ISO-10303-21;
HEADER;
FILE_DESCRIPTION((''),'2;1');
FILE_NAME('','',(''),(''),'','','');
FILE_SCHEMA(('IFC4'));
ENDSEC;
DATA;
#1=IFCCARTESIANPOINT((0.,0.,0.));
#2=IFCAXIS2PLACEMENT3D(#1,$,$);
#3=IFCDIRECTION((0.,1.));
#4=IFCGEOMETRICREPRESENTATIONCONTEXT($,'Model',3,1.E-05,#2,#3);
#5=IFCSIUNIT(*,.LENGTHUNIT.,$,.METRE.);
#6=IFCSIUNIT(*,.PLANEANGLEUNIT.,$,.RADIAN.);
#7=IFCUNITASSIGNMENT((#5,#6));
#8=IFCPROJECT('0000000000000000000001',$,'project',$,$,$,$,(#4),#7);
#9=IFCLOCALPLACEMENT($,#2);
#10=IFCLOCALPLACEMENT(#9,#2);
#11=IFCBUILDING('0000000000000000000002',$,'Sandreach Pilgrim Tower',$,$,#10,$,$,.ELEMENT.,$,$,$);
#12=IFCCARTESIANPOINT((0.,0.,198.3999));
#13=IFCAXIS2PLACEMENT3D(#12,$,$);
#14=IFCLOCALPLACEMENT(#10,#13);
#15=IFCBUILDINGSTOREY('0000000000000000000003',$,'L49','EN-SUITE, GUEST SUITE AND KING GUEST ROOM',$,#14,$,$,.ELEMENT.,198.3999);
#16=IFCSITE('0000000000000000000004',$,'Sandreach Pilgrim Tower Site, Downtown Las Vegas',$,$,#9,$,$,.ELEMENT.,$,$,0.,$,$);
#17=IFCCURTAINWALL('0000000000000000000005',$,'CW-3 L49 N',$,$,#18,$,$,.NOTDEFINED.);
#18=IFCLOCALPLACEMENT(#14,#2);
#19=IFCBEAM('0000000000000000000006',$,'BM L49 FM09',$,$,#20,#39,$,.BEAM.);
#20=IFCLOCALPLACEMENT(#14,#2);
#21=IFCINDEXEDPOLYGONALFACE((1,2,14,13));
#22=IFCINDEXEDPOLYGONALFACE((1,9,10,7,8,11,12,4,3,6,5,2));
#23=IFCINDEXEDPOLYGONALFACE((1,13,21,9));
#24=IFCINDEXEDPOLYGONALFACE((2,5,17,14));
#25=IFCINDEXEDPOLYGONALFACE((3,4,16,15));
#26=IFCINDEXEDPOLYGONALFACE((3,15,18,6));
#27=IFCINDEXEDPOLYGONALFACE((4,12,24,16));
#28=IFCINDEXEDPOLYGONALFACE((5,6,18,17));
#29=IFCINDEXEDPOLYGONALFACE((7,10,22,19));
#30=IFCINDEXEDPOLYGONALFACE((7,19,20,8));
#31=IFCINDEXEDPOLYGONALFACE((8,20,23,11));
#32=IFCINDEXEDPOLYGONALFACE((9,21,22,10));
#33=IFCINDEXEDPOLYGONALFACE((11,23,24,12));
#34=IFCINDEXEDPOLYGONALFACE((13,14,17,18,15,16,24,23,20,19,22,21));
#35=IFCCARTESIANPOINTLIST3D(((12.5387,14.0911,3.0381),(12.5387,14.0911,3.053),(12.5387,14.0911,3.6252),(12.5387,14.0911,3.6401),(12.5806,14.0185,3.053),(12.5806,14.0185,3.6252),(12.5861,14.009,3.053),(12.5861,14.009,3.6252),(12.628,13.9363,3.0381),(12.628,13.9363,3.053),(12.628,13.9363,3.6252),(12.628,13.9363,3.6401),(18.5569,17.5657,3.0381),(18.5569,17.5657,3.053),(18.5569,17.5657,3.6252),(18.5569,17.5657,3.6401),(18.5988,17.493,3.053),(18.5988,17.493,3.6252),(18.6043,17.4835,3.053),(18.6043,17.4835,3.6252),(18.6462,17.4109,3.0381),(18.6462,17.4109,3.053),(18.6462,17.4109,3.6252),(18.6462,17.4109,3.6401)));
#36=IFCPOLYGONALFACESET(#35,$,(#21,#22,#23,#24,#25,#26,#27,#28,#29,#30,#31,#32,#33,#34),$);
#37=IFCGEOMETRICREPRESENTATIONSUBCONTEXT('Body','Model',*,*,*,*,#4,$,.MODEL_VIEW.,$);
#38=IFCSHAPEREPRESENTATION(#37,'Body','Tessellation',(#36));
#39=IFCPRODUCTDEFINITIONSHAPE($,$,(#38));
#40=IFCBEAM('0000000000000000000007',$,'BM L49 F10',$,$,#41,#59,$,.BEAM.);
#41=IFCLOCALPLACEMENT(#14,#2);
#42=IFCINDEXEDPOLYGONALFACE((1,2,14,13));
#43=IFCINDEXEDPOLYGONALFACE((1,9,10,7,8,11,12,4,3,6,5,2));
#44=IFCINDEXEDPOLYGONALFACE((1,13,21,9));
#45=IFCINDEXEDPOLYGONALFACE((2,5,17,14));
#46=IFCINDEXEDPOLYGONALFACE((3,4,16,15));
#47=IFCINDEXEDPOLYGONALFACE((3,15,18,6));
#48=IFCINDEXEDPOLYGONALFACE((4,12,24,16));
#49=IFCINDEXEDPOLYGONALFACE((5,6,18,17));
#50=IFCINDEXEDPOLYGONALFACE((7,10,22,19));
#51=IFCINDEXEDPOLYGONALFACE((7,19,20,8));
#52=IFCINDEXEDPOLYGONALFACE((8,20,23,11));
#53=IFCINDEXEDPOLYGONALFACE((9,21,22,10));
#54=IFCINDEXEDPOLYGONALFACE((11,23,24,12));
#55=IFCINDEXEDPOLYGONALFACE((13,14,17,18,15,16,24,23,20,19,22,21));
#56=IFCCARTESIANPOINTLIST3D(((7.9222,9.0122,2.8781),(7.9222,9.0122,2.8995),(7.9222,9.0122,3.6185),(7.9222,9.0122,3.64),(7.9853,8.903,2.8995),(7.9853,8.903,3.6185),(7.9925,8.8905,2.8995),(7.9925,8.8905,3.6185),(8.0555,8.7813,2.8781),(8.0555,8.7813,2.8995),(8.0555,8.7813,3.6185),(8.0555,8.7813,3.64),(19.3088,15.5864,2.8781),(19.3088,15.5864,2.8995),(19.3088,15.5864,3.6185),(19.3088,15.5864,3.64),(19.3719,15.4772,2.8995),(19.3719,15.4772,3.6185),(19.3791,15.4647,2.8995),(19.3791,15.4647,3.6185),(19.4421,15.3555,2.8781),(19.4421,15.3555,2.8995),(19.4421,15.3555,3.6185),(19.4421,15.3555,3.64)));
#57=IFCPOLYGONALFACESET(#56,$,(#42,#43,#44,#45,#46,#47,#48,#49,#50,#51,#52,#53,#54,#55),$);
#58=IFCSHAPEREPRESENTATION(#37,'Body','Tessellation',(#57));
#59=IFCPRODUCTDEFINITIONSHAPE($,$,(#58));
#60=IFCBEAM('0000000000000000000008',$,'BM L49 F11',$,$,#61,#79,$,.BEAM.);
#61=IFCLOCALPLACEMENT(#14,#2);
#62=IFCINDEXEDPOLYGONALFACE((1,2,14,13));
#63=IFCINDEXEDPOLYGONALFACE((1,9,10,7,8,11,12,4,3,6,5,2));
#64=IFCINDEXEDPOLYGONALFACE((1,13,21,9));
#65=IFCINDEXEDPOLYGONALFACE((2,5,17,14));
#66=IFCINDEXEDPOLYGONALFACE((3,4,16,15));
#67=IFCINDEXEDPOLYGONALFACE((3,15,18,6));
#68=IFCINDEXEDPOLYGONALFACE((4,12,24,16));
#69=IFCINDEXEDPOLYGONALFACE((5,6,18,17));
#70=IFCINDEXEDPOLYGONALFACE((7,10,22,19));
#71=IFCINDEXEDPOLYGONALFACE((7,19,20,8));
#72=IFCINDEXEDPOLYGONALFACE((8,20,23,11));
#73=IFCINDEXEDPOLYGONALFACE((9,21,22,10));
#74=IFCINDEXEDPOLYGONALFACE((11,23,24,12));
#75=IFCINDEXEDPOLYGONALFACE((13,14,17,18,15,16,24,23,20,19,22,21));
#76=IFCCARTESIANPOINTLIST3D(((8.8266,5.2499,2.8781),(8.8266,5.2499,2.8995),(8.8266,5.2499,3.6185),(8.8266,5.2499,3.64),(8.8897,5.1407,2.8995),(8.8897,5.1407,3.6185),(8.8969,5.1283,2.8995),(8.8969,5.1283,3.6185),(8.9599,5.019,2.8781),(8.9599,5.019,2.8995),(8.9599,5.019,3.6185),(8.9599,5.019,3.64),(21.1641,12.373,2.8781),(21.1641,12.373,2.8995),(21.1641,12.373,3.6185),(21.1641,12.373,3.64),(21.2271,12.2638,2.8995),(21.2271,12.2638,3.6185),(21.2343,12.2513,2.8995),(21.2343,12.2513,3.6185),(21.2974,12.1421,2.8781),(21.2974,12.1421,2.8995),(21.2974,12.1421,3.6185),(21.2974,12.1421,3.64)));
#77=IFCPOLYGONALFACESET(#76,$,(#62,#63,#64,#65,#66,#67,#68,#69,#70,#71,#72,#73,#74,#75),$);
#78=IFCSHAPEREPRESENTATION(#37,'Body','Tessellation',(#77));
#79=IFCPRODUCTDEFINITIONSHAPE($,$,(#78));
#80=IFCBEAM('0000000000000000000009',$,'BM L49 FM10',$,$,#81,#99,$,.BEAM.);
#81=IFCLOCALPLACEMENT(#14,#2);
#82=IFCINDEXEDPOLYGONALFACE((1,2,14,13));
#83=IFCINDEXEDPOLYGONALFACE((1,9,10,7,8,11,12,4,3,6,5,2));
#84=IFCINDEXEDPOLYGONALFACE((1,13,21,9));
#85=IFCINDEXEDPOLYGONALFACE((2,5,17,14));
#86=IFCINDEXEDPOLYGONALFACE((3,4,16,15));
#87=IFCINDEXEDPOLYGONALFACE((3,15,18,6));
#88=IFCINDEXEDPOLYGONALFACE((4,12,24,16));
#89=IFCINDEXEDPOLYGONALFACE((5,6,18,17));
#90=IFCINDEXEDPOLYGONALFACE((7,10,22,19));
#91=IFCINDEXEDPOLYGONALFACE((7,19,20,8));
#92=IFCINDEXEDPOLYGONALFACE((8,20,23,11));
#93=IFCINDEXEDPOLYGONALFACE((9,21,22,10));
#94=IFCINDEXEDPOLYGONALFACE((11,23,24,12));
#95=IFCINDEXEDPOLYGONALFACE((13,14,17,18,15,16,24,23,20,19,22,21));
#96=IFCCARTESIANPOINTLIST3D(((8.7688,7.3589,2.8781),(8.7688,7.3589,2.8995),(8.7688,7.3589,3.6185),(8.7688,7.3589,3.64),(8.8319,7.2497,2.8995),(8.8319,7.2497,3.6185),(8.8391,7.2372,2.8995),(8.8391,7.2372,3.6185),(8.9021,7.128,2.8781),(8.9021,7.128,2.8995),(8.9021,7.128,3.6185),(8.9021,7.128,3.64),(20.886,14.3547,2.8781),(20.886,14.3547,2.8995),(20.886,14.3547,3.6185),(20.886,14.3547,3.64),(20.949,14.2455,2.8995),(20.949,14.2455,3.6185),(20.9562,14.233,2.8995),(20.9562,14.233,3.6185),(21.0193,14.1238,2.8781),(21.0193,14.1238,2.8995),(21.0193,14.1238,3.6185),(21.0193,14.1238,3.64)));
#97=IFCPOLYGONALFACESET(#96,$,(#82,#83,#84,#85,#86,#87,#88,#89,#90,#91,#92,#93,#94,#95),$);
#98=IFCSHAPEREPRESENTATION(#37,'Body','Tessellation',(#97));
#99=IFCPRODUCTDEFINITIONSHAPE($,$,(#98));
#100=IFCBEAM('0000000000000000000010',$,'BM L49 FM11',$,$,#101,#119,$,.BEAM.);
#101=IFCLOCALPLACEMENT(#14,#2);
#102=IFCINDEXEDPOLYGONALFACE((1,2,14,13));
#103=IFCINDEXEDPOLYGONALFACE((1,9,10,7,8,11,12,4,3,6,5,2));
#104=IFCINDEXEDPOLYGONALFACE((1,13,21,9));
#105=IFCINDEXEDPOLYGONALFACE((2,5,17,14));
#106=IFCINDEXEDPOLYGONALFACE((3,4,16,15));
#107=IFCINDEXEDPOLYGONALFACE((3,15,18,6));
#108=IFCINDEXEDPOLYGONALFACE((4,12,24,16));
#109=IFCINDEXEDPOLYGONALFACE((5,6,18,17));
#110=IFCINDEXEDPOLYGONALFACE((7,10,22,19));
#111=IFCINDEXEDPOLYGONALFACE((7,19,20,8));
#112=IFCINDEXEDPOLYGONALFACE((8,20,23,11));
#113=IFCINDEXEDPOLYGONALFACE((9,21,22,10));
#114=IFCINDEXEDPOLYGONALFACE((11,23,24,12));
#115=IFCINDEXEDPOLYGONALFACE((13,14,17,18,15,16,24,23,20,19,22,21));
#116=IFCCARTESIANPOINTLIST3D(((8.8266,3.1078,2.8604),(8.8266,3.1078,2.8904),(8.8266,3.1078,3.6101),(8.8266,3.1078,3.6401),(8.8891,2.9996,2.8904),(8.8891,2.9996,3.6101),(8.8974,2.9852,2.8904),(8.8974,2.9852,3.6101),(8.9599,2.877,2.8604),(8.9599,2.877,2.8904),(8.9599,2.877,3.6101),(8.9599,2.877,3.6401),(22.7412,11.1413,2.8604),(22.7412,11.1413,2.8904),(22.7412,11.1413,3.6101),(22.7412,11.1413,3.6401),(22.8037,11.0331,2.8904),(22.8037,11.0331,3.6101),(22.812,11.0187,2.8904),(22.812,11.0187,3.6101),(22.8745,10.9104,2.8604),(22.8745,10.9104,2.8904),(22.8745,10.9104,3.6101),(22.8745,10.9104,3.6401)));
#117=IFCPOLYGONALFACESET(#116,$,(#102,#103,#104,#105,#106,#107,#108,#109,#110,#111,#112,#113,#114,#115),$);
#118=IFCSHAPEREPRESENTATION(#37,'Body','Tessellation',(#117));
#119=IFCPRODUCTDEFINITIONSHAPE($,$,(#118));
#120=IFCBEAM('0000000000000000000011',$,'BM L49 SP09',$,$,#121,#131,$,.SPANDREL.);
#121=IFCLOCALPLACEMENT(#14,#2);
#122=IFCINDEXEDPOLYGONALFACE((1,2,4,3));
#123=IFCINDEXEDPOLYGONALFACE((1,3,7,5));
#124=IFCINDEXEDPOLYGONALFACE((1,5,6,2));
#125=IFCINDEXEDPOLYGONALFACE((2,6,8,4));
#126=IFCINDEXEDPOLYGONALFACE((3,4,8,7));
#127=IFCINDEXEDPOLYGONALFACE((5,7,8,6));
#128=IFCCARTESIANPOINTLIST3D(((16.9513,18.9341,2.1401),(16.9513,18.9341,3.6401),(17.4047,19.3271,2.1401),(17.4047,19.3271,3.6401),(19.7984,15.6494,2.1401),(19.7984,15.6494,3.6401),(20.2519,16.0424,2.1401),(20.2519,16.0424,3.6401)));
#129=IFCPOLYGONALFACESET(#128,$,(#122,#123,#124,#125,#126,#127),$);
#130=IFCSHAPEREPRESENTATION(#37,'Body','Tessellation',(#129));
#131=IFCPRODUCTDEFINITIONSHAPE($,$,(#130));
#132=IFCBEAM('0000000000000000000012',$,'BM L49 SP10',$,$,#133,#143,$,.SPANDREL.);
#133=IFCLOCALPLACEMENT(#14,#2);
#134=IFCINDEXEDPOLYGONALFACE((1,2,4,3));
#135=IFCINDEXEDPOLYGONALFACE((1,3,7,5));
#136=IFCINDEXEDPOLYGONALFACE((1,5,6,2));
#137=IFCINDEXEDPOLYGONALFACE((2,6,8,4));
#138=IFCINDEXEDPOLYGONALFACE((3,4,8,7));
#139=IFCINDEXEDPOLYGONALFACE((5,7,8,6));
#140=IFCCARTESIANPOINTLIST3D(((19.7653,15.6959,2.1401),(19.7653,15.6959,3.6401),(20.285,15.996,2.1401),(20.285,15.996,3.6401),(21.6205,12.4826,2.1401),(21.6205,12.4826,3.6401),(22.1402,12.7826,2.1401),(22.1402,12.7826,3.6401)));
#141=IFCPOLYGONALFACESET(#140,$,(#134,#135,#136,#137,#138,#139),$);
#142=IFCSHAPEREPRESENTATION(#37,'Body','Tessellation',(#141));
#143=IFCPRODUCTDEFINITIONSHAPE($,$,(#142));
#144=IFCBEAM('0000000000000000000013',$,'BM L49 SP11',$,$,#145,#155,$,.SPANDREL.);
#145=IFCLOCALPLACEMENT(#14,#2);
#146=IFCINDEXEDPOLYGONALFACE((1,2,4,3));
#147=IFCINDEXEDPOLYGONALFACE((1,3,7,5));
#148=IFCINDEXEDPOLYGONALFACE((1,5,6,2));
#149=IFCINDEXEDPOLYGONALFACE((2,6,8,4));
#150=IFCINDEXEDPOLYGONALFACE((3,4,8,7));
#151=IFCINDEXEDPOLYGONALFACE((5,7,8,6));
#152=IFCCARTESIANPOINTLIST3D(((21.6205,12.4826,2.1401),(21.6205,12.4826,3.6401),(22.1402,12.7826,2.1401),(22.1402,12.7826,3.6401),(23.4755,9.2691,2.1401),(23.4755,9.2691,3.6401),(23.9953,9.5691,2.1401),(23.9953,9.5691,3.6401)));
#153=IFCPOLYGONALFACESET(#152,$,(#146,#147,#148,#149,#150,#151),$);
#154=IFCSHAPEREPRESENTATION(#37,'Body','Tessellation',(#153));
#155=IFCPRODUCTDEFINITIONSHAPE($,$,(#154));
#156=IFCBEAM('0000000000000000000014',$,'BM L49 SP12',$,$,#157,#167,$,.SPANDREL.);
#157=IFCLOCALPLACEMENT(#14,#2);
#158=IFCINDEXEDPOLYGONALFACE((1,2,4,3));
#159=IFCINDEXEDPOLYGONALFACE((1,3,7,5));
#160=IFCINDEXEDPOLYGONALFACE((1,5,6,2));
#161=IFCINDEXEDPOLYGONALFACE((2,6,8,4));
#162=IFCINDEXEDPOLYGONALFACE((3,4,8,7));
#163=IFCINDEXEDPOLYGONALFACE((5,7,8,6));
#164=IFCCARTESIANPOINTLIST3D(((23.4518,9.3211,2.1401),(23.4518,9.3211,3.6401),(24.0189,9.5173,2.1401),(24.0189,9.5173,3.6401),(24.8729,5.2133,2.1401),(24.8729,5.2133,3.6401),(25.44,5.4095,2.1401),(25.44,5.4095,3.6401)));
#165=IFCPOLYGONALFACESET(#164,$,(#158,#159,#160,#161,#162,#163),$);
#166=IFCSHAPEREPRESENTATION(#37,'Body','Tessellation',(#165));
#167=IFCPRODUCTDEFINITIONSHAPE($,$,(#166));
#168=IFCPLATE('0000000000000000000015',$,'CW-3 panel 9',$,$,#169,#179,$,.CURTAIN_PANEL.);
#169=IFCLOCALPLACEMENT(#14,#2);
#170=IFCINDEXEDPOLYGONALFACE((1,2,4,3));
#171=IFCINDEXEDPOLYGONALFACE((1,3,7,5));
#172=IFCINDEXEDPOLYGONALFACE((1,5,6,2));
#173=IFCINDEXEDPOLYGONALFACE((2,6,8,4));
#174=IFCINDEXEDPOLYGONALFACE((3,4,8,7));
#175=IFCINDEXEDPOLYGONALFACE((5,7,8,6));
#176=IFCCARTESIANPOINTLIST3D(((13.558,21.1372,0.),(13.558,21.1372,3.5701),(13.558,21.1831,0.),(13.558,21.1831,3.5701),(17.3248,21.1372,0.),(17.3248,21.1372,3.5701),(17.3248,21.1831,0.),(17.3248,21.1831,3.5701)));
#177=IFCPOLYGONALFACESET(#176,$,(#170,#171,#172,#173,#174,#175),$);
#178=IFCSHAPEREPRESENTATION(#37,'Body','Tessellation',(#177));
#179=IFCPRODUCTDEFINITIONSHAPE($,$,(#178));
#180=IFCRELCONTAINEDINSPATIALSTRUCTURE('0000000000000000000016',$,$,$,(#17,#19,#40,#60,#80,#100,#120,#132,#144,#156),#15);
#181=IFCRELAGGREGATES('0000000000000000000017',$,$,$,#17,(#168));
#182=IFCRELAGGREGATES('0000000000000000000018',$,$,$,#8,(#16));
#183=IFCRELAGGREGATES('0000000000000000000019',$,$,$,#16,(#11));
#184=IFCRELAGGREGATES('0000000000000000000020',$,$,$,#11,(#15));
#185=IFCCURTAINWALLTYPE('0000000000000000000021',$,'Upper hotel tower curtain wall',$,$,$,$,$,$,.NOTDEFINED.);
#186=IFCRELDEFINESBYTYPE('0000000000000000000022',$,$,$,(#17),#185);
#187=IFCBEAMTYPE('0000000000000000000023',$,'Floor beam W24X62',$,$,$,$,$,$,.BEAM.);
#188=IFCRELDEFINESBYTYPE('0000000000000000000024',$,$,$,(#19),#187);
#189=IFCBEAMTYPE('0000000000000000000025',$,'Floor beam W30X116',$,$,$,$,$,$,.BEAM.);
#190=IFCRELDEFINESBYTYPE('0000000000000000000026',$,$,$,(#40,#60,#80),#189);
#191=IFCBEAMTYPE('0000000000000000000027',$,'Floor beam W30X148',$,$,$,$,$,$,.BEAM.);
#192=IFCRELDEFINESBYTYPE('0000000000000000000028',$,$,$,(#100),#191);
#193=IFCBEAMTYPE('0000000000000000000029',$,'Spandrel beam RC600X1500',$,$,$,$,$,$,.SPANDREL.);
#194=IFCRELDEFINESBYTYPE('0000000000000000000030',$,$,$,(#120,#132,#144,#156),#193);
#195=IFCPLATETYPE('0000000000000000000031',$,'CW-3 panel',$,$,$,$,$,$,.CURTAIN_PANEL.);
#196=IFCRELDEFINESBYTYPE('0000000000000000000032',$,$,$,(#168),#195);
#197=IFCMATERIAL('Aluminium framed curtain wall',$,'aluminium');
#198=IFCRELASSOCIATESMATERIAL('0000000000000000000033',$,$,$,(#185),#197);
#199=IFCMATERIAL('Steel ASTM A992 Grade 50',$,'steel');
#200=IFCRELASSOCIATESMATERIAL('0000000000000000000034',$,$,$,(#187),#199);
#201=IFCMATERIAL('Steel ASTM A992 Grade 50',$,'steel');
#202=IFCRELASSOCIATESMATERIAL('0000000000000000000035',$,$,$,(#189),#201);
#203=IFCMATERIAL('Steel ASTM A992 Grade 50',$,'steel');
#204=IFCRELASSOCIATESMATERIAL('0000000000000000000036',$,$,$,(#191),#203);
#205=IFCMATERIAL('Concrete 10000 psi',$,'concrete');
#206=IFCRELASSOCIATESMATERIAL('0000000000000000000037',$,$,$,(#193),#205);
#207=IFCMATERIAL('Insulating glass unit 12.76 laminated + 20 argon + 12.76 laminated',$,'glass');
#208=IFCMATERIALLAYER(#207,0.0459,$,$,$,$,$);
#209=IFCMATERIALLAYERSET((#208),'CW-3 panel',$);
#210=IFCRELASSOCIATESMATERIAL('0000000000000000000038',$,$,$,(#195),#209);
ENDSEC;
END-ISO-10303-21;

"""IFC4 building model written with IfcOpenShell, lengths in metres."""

from ifc_helpers import new_model, si_unit, direction, frame, origin, origin_2d, place, context, subcontext, project, spatial, rectangle, i_section, extrude, material, layer, layer_set, material_profile, profile_set, type_object, element, aggregate, save


model = new_model("IFC4")

# Units and contexts
model_context = context("Model", 3, precision=1e-05, world=origin(), true_north=direction((0.0, 1.0)))
body_context = subcontext(model_context, "Body", "Model", "MODEL_VIEW")
ifc_project = project(units=[si_unit("LENGTHUNIT", "METRE"), si_unit("PLANEANGLEUNIT", "RADIAN")], contexts=[model_context])

# Site, building, storey
site_placement = place(None, origin())
site = spatial("IfcSite", under=ifc_project, at=site_placement, Name="Sandreach Pilgrim Tower Site, Downtown Las Vegas", CompositionType="ELEMENT", RefElevation=0.0)
building_placement = place(site_placement, origin())
building = spatial("IfcBuilding", under=site, at=building_placement, Name="Sandreach Pilgrim Tower", CompositionType="ELEMENT")
storey_placement = place(building_placement, frame((0.0, 0.0, 198.3999)))
storey = spatial("IfcBuildingStorey", under=building, at=storey_placement, Name="L49", Description="EN-SUITE, GUEST SUITE AND KING GUEST ROOM", CompositionType="ELEMENT", Elevation=198.3999)

# Curtain wall
ifc_material_1 = material(Name="Aluminium framed curtain wall", Category="aluminium")
curtain_wall_type = type_object("IfcCurtainWallType", Name="Upper hotel tower curtain wall", PredefinedType="NOTDEFINED", material=ifc_material_1)
curtain_wall_1_placement = place(storey_placement, origin())
curtain_wall_1 = element("IfcCurtainWall", 1, at=curtain_wall_1_placement, inside=storey, type_object=curtain_wall_type, Name="CW-3 L49 N", PredefinedType="NOTDEFINED")

# Beams
ifc_material_2 = material(Name="Steel ASTM A992 Grade 50", Category="steel")
ifc_material_profile_1 = material_profile(ifc_material_2, i_section(OverallWidth=0.1787, OverallDepth=0.6021, WebThickness=0.011, FlangeThickness=0.0149, at=origin_2d()), Name="W24X62")
ifc_profile_set_1 = profile_set([ifc_material_profile_1], Name="Steel ASTM A992 Grade 50")
beam_type_1 = type_object("IfcBeamType", Name="Floor beam W24X62", PredefinedType="BEAM", material=ifc_profile_set_1)
beam_1_placement = place(storey_placement, frame((18.6016, 17.4883, 3.3391), z_axis=(-0.866029, -0.499993, 0.0), x_axis=(0.499993, -0.866029, 0.0)))
element("IfcBeam", 2, at=beam_1_placement, inside=storey, type_object=beam_type_1, Name="BM L49 FM09", PredefinedType="BEAM", context=body_context, shape_type="SweptSolid", body=[
    extrude(i_section(OverallWidth=0.1787, OverallDepth=0.6021, WebThickness=0.011, FlangeThickness=0.0149, at=origin_2d()), origin(), (0.0, 0.0, 1.0), 6.9492),
])
ifc_material_3 = material(Name="Steel ASTM A992 Grade 50", Category="steel")
ifc_material_profile_2 = material_profile(ifc_material_3, i_section(OverallWidth=0.2666, OverallDepth=0.762, WebThickness=0.0144, FlangeThickness=0.0215, at=origin_2d()), Name="W30X116")
ifc_profile_set_2 = profile_set([ifc_material_profile_2], Name="Steel ASTM A992 Grade 50")
beam_type_2 = type_object("IfcBeamType", Name="Floor beam W30X116", PredefinedType="BEAM", material=ifc_profile_set_2)
beam_2_placement = place(storey_placement, frame((19.3755, 15.4709, 3.259), z_axis=(-0.866022, -0.500005, 0.0), x_axis=(0.500005, -0.866022, 0.0)))
element("IfcBeam", 3, at=beam_2_placement, inside=storey, type_object=beam_type_2, Name="BM L49 F10", PredefinedType="BEAM", context=body_context, shape_type="SweptSolid", body=[
    extrude(i_section(OverallWidth=0.2666, OverallDepth=0.762, WebThickness=0.0144, FlangeThickness=0.0215, at=origin_2d()), origin(), (0.0, 0.0, 1.0), 13.1482),
])
beam_3_placement = place(storey_placement, frame((21.2307, 12.2576, 3.259), z_axis=(-0.866024, -0.500002, 0.0), x_axis=(0.500002, -0.866024, 0.0)))
element("IfcBeam", 4, at=beam_3_placement, inside=storey, type_object=beam_type_2, Name="BM L49 F11", PredefinedType="BEAM", context=body_context, shape_type="SweptSolid", body=[
    extrude(i_section(OverallWidth=0.2666, OverallDepth=0.762, WebThickness=0.0144, FlangeThickness=0.0215, at=origin_2d()), origin(), (0.0, 0.0, 1.0), 14.2461),
])
beam_4_placement = place(storey_placement, frame((20.9526, 14.2393, 3.259), z_axis=(-0.866026, -0.499999, 0.0), x_axis=(0.499999, -0.866026, 0.0)))
element("IfcBeam", 5, at=beam_4_placement, inside=storey, type_object=beam_type_2, Name="BM L49 FM10", PredefinedType="BEAM", context=body_context, shape_type="SweptSolid", body=[
    extrude(i_section(OverallWidth=0.2666, OverallDepth=0.762, WebThickness=0.0144, FlangeThickness=0.0215, at=origin_2d()), origin(), (0.0, 0.0, 1.0), 13.9917),
])
ifc_material_4 = material(Name="Steel ASTM A992 Grade 50", Category="steel")
ifc_material_profile_3 = material_profile(ifc_material_4, i_section(OverallWidth=0.2666, OverallDepth=0.7798, WebThickness=0.0166, FlangeThickness=0.03, at=origin_2d()), Name="W30X148")
ifc_profile_set_3 = profile_set([ifc_material_profile_3], Name="Steel ASTM A992 Grade 50")
beam_type_3 = type_object("IfcBeamType", Name="Floor beam W30X148", PredefinedType="BEAM", material=ifc_profile_set_3)
beam_5_placement = place(storey_placement, frame((22.8079, 11.0259, 3.2502), z_axis=(-0.866029, -0.499994, 0.0), x_axis=(0.499994, -0.866029, 0.0)))
element("IfcBeam", 6, at=beam_5_placement, inside=storey, type_object=beam_type_3, Name="BM L49 FM11", PredefinedType="BEAM", context=body_context, shape_type="SweptSolid", body=[
    extrude(i_section(OverallWidth=0.2666, OverallDepth=0.7798, WebThickness=0.0166, FlangeThickness=0.03, at=origin_2d()), origin(), (0.0, 0.0, 1.0), 16.0671),
])
ifc_material_5 = material(Name="Concrete 10000 psi", Category="concrete")
ifc_material_profile_4 = material_profile(ifc_material_5, rectangle(XDim=0.6001, YDim=1.5, at=origin_2d()), Name="RC600X1500")
ifc_profile_set_4 = profile_set([ifc_material_profile_4], Name="Concrete 10000 psi")
beam_type_4 = type_object("IfcBeamType", Name="Spandrel beam RC600X1500", PredefinedType="SPANDREL", material=ifc_profile_set_4)
beam_6_placement = place(storey_placement, frame((17.178, 19.1306, 2.8901), z_axis=(0.65499, -0.755637, 0.0), x_axis=(0.755637, 0.65499, 0.0)))
element("IfcBeam", 7, at=beam_6_placement, inside=storey, type_object=beam_type_4, Name="BM L49 SP09", PredefinedType="SPANDREL", context=body_context, shape_type="SweptSolid", body=[
    extrude(rectangle(XDim=0.6001, YDim=1.5, at=origin_2d()), origin(), (0.0, 0.0, 1.0), 4.3469),
])
for number, where, z_axis, x_axis, name in (
    (8, (20.0251, 15.8459, 2.8901), (0.499996, -0.866028, 0.0), (0.866028, 0.499996, 0.0), "BM L49 SP10"),
    (9, (21.8804, 12.6326, 2.8901), (0.499946, -0.866056, 0.0), (0.866056, 0.499946, 0.0), "BM L49 SP11"),
):
    element("IfcBeam", number, at=place(storey_placement, frame(where, z_axis=z_axis, x_axis=x_axis)), inside=storey, type_object=beam_type_4, Name=name, PredefinedType="SPANDREL", context=body_context, shape_type="SweptSolid", body=[
        extrude(rectangle(XDim=0.6001, YDim=1.5, at=origin_2d()), origin(), (0.0, 0.0, 1.0), 3.7104),
    ])
beam_7_placement = place(storey_placement, frame((23.7354, 9.4192, 2.8901), z_axis=(0.326941, -0.945045, 0.0), x_axis=(0.945045, 0.326941, 0.0)))
element("IfcBeam", 10, at=beam_7_placement, inside=storey, type_object=beam_type_4, Name="BM L49 SP12", PredefinedType="SPANDREL", context=body_context, shape_type="SweptSolid", body=[
    extrude(rectangle(XDim=0.6001, YDim=1.5, at=origin_2d()), origin(), (0.0, 0.0, 1.0), 4.3467),
])

# Plate
ifc_material_6 = material(Name="Insulating glass unit 12.76 laminated + 20 argon + 12.76 laminated", Category="glass")
ifc_layer_1 = layer(ifc_material_6, 0.0459)
ifc_layer_set_1 = layer_set([ifc_layer_1], Name="CW-3 panel")
plate_type = type_object("IfcPlateType", Name="CW-3 panel", PredefinedType="CURTAIN_PANEL", material=ifc_layer_set_1)
plate_1_placement = place(storey_placement, frame((15.4414, 21.1602, 0.0), z_axis=(0.0, 0.0, 1.0), x_axis=(1.0, 0.0, 0.0)))
plate_1 = element("IfcPlate", 11, at=plate_1_placement, type_object=plate_type, Name="CW-3 panel 9", PredefinedType="CURTAIN_PANEL", context=body_context, shape_type="SweptSolid", body=[
    extrude(rectangle(XDim=3.7668, YDim=0.0459, at=origin_2d()), origin(), (0.0, 0.0, 1.0), 3.5701),
])
aggregate(curtain_wall_1, [plate_1])

save(model, "model.ifc")
